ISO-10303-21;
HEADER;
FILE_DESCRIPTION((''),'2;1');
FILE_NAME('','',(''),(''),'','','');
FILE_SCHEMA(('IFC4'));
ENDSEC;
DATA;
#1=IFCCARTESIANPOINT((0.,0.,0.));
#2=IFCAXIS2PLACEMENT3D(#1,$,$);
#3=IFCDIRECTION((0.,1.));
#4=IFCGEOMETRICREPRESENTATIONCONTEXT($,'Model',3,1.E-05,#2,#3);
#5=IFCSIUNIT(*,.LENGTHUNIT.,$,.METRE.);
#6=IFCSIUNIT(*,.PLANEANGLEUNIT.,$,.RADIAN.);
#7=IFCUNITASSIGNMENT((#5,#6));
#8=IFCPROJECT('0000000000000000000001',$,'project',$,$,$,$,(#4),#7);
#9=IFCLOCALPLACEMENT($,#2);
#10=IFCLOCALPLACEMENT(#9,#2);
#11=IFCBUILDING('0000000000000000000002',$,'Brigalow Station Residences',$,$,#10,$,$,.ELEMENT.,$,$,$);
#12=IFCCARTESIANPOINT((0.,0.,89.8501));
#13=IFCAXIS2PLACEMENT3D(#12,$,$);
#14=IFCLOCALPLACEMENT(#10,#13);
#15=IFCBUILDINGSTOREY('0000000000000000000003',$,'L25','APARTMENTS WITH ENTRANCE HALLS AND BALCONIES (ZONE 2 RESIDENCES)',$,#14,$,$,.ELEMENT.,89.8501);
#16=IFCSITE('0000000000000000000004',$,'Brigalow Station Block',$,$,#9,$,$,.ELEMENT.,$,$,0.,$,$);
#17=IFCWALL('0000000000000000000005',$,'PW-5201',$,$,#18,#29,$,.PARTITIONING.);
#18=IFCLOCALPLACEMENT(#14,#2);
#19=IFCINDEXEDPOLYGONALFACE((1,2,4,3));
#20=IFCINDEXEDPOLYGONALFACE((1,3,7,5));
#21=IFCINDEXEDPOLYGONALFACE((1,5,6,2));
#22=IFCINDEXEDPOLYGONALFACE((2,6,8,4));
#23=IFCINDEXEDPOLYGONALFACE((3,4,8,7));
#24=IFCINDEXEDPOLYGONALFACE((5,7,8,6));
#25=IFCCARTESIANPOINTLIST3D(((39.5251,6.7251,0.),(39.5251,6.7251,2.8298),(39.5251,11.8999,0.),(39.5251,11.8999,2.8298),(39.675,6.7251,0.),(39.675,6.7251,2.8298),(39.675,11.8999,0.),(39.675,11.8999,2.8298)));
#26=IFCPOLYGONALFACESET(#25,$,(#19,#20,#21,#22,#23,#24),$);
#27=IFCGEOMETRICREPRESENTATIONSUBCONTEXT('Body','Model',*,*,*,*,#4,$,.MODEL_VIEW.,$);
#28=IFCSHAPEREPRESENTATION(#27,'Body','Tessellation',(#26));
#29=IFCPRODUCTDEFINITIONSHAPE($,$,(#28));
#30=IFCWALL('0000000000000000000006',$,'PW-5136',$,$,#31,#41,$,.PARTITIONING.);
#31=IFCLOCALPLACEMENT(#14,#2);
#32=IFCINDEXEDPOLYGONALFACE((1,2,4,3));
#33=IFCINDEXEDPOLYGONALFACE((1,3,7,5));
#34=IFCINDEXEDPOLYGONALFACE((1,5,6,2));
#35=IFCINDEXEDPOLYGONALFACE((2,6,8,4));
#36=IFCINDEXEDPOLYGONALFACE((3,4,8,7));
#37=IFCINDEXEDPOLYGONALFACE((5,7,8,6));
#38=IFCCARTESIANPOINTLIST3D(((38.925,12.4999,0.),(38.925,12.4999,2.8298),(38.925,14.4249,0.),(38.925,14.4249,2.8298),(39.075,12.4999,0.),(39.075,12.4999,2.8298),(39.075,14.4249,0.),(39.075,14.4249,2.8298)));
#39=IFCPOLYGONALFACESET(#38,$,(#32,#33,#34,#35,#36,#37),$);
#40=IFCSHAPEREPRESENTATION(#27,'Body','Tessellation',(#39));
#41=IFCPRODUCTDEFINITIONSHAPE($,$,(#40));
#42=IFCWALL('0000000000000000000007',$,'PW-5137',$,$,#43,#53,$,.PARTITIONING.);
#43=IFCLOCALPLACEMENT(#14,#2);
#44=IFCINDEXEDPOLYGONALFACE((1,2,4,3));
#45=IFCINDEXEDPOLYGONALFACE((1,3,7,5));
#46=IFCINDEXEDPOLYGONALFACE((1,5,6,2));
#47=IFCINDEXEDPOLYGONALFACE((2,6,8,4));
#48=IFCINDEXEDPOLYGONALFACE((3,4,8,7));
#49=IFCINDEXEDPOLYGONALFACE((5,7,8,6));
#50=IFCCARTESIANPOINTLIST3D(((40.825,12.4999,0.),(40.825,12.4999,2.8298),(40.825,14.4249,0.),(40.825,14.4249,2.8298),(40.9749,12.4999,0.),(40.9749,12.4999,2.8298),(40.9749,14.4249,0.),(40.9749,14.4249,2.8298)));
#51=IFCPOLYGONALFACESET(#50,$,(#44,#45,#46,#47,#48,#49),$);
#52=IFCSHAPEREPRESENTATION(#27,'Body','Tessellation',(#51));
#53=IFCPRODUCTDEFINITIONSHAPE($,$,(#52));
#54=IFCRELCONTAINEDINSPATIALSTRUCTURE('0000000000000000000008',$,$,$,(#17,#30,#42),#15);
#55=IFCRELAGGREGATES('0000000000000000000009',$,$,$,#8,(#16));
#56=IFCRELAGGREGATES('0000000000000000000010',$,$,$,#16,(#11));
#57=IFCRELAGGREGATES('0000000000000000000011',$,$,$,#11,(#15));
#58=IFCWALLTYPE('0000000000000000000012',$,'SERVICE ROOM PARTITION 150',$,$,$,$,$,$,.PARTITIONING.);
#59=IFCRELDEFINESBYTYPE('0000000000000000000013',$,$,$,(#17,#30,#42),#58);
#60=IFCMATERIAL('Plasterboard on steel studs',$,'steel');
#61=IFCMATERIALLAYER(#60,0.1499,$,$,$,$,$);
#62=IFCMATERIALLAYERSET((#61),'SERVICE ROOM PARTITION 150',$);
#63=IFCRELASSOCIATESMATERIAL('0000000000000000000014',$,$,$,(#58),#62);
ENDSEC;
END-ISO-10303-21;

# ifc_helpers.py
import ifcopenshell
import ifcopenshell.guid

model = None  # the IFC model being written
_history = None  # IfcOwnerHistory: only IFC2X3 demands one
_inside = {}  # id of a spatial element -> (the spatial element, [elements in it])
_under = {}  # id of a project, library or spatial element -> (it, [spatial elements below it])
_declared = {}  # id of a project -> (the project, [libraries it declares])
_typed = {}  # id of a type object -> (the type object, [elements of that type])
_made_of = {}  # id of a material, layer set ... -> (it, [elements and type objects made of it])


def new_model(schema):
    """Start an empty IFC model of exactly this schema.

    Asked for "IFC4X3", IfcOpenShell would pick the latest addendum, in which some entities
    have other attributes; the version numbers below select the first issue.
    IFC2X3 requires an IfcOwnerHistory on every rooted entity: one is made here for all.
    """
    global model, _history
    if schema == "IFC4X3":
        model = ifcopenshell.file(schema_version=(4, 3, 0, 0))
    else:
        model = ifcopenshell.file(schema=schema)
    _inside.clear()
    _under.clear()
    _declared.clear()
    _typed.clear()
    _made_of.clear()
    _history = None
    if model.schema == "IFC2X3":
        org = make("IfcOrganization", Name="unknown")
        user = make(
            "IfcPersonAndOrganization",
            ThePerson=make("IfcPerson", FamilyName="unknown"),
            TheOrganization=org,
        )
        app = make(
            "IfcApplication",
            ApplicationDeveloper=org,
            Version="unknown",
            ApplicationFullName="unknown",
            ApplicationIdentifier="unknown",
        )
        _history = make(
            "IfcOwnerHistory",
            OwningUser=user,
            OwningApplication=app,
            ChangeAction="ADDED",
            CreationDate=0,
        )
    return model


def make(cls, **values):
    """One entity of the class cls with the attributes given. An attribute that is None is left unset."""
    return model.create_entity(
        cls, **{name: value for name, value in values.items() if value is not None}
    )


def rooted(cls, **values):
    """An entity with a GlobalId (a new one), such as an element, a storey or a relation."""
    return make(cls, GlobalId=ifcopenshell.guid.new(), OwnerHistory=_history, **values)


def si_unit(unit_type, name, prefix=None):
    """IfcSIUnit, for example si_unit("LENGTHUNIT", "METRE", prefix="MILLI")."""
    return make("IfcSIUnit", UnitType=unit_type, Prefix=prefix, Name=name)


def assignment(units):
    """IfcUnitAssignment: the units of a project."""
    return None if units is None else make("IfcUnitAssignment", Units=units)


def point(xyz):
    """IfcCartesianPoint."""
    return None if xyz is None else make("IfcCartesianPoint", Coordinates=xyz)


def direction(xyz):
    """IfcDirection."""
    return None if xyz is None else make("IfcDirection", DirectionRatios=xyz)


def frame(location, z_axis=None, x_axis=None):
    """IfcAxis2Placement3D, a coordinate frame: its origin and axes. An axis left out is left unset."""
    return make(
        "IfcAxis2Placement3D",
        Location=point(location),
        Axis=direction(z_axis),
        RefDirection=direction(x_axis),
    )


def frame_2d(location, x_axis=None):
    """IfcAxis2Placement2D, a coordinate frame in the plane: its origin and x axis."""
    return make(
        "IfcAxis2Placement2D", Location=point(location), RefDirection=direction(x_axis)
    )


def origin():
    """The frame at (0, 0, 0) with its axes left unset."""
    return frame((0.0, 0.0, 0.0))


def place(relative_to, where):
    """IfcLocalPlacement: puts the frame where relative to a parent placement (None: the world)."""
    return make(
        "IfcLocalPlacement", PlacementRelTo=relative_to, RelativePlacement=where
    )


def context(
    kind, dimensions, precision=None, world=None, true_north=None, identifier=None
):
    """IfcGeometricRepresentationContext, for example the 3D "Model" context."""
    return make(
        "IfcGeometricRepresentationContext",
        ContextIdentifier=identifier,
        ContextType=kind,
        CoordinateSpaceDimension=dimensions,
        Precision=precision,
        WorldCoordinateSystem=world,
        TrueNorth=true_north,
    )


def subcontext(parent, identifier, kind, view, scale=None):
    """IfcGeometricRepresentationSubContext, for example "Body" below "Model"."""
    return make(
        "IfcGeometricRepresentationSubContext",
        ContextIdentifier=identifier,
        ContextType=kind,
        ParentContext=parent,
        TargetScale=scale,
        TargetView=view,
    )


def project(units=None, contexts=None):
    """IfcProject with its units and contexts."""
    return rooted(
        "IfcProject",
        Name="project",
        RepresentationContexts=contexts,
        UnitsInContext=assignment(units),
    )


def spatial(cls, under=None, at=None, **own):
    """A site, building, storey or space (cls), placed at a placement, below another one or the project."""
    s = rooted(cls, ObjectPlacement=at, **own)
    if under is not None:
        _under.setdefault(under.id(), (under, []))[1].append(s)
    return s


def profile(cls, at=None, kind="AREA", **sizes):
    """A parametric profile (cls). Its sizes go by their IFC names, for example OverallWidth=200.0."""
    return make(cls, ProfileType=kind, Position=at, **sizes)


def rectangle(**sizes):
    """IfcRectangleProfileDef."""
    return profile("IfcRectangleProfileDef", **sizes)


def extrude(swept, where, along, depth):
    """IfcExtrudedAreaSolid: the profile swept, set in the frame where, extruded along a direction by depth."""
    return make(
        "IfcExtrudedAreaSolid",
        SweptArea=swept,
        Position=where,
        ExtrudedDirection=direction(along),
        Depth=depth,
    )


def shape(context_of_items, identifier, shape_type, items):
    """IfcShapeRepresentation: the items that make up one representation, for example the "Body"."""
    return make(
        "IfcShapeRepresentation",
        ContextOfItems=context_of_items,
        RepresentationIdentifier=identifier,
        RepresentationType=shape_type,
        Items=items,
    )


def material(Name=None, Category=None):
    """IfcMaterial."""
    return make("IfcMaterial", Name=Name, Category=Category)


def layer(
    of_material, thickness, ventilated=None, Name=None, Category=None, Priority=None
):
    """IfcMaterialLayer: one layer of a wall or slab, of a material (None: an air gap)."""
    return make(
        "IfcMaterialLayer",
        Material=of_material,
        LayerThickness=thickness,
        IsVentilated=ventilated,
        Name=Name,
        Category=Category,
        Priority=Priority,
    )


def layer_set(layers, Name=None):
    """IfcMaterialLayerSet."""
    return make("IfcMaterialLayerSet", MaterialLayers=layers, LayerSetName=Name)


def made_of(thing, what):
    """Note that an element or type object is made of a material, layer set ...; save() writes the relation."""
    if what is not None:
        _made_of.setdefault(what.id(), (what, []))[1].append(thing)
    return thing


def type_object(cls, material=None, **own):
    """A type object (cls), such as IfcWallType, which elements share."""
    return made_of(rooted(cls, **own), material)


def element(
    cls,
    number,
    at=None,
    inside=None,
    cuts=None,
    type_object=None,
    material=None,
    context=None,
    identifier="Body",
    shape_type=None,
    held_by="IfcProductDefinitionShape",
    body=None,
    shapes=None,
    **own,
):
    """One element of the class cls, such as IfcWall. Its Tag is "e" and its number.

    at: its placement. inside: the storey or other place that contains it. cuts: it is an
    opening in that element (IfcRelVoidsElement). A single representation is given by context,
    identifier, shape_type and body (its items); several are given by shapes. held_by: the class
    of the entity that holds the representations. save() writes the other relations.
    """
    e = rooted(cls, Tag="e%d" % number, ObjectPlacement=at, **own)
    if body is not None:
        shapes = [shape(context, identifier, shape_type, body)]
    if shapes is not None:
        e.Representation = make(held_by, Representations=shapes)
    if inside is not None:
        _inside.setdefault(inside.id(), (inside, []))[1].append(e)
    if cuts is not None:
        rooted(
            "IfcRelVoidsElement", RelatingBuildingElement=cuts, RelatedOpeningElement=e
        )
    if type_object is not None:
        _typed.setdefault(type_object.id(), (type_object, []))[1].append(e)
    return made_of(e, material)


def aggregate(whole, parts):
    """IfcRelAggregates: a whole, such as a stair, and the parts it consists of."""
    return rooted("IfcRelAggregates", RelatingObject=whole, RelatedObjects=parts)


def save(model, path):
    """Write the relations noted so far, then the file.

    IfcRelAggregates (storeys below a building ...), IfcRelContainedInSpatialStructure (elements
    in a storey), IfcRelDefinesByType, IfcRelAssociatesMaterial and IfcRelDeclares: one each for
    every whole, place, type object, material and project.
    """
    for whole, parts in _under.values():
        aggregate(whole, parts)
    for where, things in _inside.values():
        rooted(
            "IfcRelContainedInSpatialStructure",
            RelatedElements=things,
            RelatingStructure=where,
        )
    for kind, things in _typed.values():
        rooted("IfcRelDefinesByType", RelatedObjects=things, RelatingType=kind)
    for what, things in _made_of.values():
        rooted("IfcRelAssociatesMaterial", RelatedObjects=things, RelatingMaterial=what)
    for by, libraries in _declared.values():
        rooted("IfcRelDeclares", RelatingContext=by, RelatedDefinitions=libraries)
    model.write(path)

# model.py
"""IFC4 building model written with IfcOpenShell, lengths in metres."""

from ifc_helpers import new_model, si_unit, direction, frame, frame_2d, origin, place, context, subcontext, project, spatial, rectangle, extrude, material, layer, layer_set, type_object, element, save


model = new_model("IFC4")

# Units and contexts
model_context = context("Model", 3, precision=1e-05, world=origin(), true_north=direction((0.0, 1.0)))
body_context = subcontext(model_context, "Body", "Model", "MODEL_VIEW")
ifc_project = project(units=[si_unit("LENGTHUNIT", "METRE"), si_unit("PLANEANGLEUNIT", "RADIAN")], contexts=[model_context])

# Site, building, storey
site_placement = place(None, origin())
site = spatial("IfcSite", under=ifc_project, at=site_placement, Name="Brigalow Station Block", CompositionType="ELEMENT", RefElevation=0.0)
building_placement = place(site_placement, origin())
building = spatial("IfcBuilding", under=site, at=building_placement, Name="Brigalow Station Residences", CompositionType="ELEMENT")
storey_placement = place(building_placement, frame((0.0, 0.0, 89.8501)))
storey = spatial("IfcBuildingStorey", under=building, at=storey_placement, Name="L25", Description="APARTMENTS WITH ENTRANCE HALLS AND BALCONIES (ZONE 2 RESIDENCES)", CompositionType="ELEMENT", Elevation=89.8501)

# Walls
ifc_material_1 = material(Name="Plasterboard on steel studs", Category="steel")
ifc_layer_1 = layer(ifc_material_1, 0.1499)
ifc_layer_set_1 = layer_set([ifc_layer_1], Name="SERVICE ROOM PARTITION 150")
wall_type_1 = type_object("IfcWallType", Name="SERVICE ROOM PARTITION 150", PredefinedType="PARTITIONING", material=ifc_layer_set_1)
wall_1_placement = place(storey_placement, frame((39.6001, 6.7251, 0.0), z_axis=(0.0, 0.0, 1.0), x_axis=(0.0, 1.0, 0.0)))
element("IfcWall", 1, at=wall_1_placement, inside=storey, type_object=wall_type_1, Name="PW-5201", PredefinedType="PARTITIONING", context=body_context, shape_type="SweptSolid", body=[
    extrude(rectangle(XDim=5.1748, YDim=0.1499, at=frame_2d((2.5874, 0.0))), origin(), (0.0, 0.0, 1.0), 2.8298),
])
for number, where, z_axis, x_axis, name in (
    (2, (39.0, 12.5, 0.0), (0.0, 0.0, 1.0), (0.0, 1.0, 0.0), "PW-5136"),
    (3, (40.8999, 12.5, 0.0), (0.0, 0.0, 1.0), (0.0, 1.0, 0.0), "PW-5137"),
):
    element("IfcWall", number, at=place(storey_placement, frame(where, z_axis=z_axis, x_axis=x_axis)), inside=storey, type_object=wall_type_1, Name=name, PredefinedType="PARTITIONING", context=body_context, shape_type="SweptSolid", body=[
        extrude(rectangle(XDim=1.925, YDim=0.1499, at=frame_2d((0.9624, 0.0))), origin(), (0.0, 0.0, 1.0), 2.8298),
    ])

save(model, "model.ifc")
